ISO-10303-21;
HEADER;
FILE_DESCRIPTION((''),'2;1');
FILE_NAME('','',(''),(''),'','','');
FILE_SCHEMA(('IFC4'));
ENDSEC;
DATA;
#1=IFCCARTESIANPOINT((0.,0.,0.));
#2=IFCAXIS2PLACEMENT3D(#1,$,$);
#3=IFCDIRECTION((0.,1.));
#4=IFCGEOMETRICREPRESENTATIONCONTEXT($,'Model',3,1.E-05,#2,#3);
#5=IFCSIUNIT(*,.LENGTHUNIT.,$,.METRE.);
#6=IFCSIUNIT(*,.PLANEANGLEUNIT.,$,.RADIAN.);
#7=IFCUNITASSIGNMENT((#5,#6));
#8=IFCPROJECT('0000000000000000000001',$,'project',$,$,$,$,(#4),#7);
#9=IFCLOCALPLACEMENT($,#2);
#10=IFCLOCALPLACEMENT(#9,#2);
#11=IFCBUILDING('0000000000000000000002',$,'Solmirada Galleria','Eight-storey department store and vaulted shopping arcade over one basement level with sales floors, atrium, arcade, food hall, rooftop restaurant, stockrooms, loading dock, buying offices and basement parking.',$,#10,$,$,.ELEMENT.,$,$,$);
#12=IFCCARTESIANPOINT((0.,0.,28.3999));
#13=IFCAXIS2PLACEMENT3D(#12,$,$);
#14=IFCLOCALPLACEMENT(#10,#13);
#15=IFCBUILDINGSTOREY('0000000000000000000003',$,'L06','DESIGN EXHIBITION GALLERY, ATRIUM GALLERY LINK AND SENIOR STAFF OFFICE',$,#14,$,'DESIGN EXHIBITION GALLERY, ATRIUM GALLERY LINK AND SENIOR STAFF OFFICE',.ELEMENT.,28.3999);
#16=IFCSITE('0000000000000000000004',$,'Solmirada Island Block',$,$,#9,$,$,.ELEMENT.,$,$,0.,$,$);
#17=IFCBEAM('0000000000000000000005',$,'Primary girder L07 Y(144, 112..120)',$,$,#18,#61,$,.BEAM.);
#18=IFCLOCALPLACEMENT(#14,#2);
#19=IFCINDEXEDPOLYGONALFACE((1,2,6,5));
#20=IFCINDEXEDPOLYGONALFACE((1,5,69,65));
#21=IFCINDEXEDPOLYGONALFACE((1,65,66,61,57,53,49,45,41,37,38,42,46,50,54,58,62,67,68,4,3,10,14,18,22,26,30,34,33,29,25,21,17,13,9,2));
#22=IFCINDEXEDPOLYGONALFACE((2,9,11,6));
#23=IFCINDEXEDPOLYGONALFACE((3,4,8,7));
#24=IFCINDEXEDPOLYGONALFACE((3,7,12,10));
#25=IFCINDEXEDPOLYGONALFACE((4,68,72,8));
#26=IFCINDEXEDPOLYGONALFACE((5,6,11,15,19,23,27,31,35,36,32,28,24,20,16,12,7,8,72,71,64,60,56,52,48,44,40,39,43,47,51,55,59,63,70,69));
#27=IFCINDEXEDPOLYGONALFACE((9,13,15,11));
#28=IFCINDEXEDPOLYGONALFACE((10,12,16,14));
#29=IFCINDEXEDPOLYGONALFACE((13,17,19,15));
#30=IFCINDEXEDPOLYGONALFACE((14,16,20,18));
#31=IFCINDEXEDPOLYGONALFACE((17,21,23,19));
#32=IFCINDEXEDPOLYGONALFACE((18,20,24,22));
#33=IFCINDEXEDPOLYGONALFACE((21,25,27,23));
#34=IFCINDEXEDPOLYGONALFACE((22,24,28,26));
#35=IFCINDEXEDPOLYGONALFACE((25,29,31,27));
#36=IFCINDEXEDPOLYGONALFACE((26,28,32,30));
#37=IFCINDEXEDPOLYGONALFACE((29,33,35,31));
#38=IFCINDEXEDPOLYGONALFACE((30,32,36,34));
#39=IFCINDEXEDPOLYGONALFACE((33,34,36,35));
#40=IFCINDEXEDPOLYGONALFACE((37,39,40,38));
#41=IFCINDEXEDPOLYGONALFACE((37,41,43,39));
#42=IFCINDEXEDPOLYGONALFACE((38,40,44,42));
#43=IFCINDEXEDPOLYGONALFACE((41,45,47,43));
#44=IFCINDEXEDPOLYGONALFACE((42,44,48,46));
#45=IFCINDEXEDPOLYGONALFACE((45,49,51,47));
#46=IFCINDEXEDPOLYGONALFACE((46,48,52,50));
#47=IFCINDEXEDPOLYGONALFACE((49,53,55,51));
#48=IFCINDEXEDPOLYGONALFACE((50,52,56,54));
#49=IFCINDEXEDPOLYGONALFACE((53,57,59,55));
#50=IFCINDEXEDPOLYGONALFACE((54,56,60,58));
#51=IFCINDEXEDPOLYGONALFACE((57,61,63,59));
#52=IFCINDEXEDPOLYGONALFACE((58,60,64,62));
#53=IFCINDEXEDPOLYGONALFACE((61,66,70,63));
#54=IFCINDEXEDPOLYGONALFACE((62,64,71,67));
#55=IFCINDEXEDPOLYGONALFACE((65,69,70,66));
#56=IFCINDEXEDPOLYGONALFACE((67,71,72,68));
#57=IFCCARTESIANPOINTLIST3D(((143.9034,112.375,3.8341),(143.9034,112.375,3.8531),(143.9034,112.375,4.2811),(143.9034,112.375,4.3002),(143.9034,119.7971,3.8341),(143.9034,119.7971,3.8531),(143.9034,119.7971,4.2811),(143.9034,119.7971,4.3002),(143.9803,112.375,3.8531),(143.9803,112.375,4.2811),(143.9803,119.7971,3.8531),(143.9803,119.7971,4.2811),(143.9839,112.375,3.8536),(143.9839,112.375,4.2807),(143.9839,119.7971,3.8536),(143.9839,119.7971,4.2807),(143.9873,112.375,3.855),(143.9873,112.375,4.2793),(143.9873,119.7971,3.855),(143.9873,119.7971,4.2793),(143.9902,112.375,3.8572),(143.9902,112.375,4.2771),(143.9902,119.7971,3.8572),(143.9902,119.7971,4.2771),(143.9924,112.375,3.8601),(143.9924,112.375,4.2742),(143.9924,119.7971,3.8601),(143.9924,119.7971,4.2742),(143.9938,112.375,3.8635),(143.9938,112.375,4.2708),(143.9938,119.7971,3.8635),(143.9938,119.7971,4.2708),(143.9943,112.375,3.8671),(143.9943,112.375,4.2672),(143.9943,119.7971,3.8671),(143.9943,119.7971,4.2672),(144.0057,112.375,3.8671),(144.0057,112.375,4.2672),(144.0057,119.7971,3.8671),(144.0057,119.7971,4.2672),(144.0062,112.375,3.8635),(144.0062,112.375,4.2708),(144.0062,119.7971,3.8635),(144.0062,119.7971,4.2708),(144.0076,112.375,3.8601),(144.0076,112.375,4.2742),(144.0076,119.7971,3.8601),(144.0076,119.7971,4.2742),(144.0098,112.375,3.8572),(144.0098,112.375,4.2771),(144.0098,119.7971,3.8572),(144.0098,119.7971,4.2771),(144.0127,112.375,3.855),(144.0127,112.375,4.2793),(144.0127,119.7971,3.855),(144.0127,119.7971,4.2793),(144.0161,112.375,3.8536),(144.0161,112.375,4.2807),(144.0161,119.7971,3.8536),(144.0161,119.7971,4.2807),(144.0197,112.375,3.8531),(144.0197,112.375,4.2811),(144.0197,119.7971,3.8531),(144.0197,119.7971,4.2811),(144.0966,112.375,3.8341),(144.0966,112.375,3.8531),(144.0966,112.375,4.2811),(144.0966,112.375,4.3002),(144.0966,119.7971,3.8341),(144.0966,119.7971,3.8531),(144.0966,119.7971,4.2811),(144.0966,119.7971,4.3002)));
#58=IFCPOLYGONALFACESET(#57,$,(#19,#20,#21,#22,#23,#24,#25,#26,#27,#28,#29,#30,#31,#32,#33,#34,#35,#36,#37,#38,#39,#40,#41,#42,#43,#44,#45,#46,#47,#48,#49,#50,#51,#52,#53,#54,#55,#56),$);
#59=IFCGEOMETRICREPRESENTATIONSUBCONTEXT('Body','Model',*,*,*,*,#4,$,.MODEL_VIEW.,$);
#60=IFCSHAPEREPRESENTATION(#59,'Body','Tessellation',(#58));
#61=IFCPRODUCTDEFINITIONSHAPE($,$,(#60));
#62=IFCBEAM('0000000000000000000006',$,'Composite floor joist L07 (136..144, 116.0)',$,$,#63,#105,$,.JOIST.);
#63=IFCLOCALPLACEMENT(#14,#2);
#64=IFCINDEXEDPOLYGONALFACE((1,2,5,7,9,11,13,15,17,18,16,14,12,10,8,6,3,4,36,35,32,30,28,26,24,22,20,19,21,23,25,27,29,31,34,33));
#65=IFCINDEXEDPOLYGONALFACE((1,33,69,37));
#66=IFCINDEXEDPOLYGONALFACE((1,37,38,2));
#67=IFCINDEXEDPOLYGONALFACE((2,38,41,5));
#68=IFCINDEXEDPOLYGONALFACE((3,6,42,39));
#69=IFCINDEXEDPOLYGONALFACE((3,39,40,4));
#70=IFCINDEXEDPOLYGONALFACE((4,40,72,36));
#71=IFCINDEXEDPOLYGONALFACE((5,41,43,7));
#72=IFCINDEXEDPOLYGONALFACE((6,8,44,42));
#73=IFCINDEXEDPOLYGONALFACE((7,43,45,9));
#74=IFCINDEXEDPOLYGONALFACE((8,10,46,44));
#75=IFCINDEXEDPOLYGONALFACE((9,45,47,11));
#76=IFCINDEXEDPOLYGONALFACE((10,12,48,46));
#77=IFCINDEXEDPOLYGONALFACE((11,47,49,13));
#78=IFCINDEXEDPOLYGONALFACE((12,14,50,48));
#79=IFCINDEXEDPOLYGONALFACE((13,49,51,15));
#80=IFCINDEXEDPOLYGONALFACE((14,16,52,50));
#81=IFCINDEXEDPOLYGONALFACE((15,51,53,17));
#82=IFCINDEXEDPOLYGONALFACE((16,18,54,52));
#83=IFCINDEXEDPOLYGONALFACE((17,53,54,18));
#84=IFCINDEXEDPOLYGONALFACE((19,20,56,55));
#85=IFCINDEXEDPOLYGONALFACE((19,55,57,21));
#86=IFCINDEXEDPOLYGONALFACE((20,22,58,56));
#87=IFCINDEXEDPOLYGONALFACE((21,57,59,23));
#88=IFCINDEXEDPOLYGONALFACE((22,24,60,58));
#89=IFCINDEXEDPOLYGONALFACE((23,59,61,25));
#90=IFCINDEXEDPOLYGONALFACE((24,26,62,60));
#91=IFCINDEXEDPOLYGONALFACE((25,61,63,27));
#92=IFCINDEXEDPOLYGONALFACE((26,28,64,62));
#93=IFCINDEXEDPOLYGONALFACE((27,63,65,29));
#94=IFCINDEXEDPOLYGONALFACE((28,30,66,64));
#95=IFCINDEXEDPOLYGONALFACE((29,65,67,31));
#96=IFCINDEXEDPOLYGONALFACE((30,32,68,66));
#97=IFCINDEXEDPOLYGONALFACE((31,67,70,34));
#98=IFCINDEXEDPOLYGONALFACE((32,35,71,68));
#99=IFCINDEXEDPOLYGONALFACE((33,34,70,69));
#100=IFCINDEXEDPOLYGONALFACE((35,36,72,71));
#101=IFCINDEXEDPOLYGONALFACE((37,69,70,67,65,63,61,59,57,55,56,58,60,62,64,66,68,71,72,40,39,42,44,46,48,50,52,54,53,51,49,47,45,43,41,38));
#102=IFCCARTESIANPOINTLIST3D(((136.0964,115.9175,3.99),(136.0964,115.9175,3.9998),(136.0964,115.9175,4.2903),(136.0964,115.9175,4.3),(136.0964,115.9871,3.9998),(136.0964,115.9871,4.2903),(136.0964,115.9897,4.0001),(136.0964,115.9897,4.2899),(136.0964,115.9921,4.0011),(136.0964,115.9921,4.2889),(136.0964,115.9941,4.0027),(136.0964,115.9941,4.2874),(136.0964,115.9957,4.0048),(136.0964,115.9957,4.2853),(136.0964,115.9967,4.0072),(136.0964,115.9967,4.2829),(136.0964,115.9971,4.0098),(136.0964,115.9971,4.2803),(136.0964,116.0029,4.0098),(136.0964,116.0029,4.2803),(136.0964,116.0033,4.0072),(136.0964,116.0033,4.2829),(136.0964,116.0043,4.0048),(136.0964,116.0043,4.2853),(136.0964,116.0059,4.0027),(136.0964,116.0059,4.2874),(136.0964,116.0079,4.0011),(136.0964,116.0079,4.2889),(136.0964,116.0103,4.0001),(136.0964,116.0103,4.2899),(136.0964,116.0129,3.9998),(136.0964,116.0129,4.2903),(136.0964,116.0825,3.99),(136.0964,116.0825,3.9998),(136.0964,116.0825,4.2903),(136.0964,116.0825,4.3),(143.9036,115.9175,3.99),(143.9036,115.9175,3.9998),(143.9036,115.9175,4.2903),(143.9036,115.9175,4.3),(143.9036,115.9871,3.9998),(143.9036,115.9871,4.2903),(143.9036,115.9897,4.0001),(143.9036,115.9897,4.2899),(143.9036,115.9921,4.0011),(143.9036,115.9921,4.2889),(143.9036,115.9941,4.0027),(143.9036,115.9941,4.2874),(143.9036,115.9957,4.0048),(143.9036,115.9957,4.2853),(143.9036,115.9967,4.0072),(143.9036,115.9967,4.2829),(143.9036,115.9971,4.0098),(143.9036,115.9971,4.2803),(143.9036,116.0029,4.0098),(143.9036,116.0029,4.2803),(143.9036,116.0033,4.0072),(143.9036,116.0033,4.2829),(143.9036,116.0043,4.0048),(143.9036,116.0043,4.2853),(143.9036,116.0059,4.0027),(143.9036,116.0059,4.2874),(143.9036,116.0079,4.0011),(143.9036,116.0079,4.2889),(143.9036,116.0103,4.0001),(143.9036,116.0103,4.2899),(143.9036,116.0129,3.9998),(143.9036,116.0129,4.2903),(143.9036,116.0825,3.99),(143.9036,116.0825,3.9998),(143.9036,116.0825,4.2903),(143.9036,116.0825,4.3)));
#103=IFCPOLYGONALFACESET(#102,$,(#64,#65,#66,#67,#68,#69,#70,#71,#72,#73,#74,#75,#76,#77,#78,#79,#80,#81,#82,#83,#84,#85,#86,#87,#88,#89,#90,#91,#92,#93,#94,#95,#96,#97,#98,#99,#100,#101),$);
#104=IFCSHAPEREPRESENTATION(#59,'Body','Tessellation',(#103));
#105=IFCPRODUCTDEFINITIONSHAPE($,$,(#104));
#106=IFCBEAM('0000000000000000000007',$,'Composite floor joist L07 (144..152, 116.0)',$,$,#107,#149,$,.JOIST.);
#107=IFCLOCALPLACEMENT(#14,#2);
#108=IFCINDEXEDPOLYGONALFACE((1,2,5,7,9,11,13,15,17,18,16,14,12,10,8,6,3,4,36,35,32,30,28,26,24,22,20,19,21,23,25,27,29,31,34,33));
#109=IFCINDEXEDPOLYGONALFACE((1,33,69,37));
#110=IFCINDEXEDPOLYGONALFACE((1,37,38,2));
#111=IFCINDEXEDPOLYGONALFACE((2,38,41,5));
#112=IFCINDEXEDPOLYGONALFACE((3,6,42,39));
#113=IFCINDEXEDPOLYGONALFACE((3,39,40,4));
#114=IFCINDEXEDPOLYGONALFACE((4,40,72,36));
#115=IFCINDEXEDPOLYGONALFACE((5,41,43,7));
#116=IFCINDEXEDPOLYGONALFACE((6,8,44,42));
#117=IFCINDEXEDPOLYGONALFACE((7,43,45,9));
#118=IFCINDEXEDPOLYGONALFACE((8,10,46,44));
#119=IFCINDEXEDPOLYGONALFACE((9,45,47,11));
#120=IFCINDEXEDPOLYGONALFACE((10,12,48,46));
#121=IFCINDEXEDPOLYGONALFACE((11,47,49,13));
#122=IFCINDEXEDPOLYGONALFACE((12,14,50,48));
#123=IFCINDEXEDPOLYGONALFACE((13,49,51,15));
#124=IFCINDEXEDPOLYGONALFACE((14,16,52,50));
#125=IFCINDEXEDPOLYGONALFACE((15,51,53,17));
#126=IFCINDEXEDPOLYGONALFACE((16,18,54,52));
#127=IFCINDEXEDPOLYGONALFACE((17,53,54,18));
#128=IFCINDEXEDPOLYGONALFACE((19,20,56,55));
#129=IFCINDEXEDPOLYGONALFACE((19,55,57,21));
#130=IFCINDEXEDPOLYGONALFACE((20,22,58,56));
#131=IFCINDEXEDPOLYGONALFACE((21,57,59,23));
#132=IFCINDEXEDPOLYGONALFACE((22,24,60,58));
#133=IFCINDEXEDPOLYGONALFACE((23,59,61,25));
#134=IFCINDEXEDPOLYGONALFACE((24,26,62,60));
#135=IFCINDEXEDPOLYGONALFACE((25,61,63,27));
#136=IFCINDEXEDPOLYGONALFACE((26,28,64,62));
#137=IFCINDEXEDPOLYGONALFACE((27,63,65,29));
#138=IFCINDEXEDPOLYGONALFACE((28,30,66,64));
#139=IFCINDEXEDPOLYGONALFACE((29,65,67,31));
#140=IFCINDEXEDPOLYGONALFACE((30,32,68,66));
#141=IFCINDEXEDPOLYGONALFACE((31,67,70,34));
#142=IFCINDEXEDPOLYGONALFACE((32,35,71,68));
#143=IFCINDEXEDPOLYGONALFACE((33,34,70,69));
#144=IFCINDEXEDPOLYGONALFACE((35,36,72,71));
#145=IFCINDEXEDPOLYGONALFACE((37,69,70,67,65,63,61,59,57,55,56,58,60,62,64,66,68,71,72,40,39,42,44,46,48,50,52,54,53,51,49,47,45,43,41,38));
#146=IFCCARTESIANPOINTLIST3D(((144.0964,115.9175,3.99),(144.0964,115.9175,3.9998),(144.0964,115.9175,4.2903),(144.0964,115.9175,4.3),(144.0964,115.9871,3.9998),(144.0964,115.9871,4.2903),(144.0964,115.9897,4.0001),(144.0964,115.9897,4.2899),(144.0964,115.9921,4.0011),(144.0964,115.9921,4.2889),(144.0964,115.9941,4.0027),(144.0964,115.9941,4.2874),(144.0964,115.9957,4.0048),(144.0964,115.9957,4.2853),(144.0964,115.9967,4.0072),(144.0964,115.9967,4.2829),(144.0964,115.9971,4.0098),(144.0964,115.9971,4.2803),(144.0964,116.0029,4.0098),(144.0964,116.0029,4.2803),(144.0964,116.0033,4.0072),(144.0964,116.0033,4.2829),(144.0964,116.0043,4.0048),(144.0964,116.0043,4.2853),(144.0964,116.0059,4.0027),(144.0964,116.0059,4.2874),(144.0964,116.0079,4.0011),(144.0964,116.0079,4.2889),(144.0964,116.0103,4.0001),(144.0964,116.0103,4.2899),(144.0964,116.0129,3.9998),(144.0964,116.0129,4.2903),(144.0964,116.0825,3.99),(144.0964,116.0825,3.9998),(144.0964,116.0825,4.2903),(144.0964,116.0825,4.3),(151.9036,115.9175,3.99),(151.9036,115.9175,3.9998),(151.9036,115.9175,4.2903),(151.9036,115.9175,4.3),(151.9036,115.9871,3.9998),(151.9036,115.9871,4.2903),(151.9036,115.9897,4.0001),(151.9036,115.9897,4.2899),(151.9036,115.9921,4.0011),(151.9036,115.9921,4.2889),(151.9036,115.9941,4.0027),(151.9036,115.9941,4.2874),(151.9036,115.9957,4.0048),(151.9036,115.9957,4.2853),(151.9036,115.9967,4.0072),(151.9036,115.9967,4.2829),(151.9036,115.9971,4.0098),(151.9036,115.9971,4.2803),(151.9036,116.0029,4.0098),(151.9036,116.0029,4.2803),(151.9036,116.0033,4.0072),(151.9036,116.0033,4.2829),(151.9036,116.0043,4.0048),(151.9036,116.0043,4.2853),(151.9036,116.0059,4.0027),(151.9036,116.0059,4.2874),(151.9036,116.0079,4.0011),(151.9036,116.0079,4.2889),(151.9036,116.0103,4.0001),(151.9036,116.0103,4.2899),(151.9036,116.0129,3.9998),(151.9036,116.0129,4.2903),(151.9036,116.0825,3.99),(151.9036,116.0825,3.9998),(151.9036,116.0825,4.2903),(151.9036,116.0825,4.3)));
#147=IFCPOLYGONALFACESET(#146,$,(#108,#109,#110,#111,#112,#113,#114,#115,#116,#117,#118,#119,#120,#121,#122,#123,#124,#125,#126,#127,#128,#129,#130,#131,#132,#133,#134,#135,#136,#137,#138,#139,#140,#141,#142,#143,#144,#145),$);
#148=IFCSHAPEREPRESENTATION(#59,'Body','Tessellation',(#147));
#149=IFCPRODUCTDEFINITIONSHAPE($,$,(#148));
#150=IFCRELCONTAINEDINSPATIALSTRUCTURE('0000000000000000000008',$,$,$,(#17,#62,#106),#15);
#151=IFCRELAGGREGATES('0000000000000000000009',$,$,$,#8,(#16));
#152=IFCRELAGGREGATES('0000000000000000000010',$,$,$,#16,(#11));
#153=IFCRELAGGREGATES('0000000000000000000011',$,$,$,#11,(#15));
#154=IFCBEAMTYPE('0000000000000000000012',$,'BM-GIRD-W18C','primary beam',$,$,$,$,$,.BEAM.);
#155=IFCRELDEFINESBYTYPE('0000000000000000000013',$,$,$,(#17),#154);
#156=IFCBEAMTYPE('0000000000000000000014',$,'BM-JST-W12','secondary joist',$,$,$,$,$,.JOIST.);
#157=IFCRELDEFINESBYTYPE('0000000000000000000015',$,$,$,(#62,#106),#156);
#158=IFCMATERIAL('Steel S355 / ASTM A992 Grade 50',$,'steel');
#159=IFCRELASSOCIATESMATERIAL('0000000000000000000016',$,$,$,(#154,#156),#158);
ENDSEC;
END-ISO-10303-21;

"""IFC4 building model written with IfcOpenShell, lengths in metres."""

from ifc_helpers import new_model, si_unit, direction, frame, origin, origin_2d, place, context, subcontext, project, spatial, i_section, extrude, material, material_profile, profile_set, type_object, element, save


model = new_model("IFC4")

# Units and contexts
model_context = context("Model", 3, precision=1e-05, world=origin(), true_north=direction((0.0, 1.0)))
body_context = subcontext(model_context, "Body", "Model", "MODEL_VIEW")
ifc_project = project(units=[si_unit("LENGTHUNIT", "METRE"), si_unit("PLANEANGLEUNIT", "RADIAN")], contexts=[model_context])

# Site, building, storey
site_placement = place(None, origin())
site = spatial("IfcSite", under=ifc_project, at=site_placement, Name="Solmirada Island Block", CompositionType="ELEMENT", RefElevation=0.0)
building_placement = place(site_placement, origin())
building = spatial("IfcBuilding", under=site, at=building_placement, Name="Solmirada Galleria", Description="Eight-storey department store and vaulted shopping arcade over one basement level with sales floors, atrium, arcade, food hall, rooftop restaurant, stockrooms, loading dock, buying offices and basement parking.", CompositionType="ELEMENT")
storey_placement = place(building_placement, frame((0.0, 0.0, 28.3999)))
storey = spatial("IfcBuildingStorey", under=building, at=storey_placement, Name="L06", Description="DESIGN EXHIBITION GALLERY, ATRIUM GALLERY LINK AND SENIOR STAFF OFFICE", LongName="DESIGN EXHIBITION GALLERY, ATRIUM GALLERY LINK AND SENIOR STAFF OFFICE", CompositionType="ELEMENT", Elevation=28.3999)

# Beams
ifc_material_1 = material(Name="Steel S355 / ASTM A992 Grade 50", Category="steel")
ifc_material_profile_1 = material_profile(ifc_material_1, i_section(OverallWidth=0.1931, OverallDepth=0.4661, WebThickness=0.0115, FlangeThickness=0.019, FilletRadius=0.0139, at=origin_2d()), Name="W18X65")
ifc_profile_set_1 = profile_set([ifc_material_profile_1], Name="Steel S355 / ASTM A992 Grade 50")
beam_type_1 = type_object("IfcBeamType", Name="BM-GIRD-W18C", Description="primary beam", PredefinedType="BEAM", material=ifc_profile_set_1)
for number, where, z_axis, x_axis, name in (
    (1, (144.0, 112.375, 4.0671), (0.0, 1.0, 0.0), (-1.0, 0.0, 0.0), "Primary girder L07 Y(144, 112..120)"),
):
    element("IfcBeam", number, at=place(storey_placement, frame(where, z_axis=z_axis, x_axis=x_axis)), inside=storey, type_object=beam_type_1, Name=name, PredefinedType="BEAM", context=body_context, shape_type="SweptSolid", body=[
        extrude(i_section(OverallWidth=0.1931, OverallDepth=0.4661, WebThickness=0.0115, FlangeThickness=0.019, FilletRadius=0.0139, at=origin_2d()), origin(), (0.0, 0.0, 1.0), 7.4221),
    ])
ifc_material_profile_2 = material_profile(ifc_material_1, i_section(OverallWidth=0.165, OverallDepth=0.3101, WebThickness=0.0059, FlangeThickness=0.0098, FilletRadius=0.01, at=origin_2d()), Name="W12X26")
ifc_profile_set_2 = profile_set([ifc_material_profile_2], Name="Steel S355 / ASTM A992 Grade 50")
beam_type_2 = type_object("IfcBeamType", Name="BM-JST-W12", Description="secondary joist", PredefinedType="JOIST", material=ifc_profile_set_2)
for number, where, z_axis, x_axis, name in (
    (2, (136.0964, 116.0, 4.145), (1.0, 0.0, 0.0), (0.0, 1.0, 0.0), "Composite floor joist L07 (136..144, 116.0)"),
    (3, (144.0964, 116.0, 4.145), (1.0, 0.0, 0.0), (0.0, 1.0, 0.0), "Composite floor joist L07 (144..152, 116.0)"),
):
    element("IfcBeam", number, at=place(storey_placement, frame(where, z_axis=z_axis, x_axis=x_axis)), inside=storey, type_object=beam_type_2, Name=name, PredefinedType="JOIST", context=body_context, shape_type="SweptSolid", body=[
        extrude(i_section(OverallWidth=0.165, OverallDepth=0.3101, WebThickness=0.0059, FlangeThickness=0.0098, FilletRadius=0.01, at=origin_2d()), origin(), (0.0, 0.0, 1.0), 7.8071),
    ])

save(model, "model.ifc")
